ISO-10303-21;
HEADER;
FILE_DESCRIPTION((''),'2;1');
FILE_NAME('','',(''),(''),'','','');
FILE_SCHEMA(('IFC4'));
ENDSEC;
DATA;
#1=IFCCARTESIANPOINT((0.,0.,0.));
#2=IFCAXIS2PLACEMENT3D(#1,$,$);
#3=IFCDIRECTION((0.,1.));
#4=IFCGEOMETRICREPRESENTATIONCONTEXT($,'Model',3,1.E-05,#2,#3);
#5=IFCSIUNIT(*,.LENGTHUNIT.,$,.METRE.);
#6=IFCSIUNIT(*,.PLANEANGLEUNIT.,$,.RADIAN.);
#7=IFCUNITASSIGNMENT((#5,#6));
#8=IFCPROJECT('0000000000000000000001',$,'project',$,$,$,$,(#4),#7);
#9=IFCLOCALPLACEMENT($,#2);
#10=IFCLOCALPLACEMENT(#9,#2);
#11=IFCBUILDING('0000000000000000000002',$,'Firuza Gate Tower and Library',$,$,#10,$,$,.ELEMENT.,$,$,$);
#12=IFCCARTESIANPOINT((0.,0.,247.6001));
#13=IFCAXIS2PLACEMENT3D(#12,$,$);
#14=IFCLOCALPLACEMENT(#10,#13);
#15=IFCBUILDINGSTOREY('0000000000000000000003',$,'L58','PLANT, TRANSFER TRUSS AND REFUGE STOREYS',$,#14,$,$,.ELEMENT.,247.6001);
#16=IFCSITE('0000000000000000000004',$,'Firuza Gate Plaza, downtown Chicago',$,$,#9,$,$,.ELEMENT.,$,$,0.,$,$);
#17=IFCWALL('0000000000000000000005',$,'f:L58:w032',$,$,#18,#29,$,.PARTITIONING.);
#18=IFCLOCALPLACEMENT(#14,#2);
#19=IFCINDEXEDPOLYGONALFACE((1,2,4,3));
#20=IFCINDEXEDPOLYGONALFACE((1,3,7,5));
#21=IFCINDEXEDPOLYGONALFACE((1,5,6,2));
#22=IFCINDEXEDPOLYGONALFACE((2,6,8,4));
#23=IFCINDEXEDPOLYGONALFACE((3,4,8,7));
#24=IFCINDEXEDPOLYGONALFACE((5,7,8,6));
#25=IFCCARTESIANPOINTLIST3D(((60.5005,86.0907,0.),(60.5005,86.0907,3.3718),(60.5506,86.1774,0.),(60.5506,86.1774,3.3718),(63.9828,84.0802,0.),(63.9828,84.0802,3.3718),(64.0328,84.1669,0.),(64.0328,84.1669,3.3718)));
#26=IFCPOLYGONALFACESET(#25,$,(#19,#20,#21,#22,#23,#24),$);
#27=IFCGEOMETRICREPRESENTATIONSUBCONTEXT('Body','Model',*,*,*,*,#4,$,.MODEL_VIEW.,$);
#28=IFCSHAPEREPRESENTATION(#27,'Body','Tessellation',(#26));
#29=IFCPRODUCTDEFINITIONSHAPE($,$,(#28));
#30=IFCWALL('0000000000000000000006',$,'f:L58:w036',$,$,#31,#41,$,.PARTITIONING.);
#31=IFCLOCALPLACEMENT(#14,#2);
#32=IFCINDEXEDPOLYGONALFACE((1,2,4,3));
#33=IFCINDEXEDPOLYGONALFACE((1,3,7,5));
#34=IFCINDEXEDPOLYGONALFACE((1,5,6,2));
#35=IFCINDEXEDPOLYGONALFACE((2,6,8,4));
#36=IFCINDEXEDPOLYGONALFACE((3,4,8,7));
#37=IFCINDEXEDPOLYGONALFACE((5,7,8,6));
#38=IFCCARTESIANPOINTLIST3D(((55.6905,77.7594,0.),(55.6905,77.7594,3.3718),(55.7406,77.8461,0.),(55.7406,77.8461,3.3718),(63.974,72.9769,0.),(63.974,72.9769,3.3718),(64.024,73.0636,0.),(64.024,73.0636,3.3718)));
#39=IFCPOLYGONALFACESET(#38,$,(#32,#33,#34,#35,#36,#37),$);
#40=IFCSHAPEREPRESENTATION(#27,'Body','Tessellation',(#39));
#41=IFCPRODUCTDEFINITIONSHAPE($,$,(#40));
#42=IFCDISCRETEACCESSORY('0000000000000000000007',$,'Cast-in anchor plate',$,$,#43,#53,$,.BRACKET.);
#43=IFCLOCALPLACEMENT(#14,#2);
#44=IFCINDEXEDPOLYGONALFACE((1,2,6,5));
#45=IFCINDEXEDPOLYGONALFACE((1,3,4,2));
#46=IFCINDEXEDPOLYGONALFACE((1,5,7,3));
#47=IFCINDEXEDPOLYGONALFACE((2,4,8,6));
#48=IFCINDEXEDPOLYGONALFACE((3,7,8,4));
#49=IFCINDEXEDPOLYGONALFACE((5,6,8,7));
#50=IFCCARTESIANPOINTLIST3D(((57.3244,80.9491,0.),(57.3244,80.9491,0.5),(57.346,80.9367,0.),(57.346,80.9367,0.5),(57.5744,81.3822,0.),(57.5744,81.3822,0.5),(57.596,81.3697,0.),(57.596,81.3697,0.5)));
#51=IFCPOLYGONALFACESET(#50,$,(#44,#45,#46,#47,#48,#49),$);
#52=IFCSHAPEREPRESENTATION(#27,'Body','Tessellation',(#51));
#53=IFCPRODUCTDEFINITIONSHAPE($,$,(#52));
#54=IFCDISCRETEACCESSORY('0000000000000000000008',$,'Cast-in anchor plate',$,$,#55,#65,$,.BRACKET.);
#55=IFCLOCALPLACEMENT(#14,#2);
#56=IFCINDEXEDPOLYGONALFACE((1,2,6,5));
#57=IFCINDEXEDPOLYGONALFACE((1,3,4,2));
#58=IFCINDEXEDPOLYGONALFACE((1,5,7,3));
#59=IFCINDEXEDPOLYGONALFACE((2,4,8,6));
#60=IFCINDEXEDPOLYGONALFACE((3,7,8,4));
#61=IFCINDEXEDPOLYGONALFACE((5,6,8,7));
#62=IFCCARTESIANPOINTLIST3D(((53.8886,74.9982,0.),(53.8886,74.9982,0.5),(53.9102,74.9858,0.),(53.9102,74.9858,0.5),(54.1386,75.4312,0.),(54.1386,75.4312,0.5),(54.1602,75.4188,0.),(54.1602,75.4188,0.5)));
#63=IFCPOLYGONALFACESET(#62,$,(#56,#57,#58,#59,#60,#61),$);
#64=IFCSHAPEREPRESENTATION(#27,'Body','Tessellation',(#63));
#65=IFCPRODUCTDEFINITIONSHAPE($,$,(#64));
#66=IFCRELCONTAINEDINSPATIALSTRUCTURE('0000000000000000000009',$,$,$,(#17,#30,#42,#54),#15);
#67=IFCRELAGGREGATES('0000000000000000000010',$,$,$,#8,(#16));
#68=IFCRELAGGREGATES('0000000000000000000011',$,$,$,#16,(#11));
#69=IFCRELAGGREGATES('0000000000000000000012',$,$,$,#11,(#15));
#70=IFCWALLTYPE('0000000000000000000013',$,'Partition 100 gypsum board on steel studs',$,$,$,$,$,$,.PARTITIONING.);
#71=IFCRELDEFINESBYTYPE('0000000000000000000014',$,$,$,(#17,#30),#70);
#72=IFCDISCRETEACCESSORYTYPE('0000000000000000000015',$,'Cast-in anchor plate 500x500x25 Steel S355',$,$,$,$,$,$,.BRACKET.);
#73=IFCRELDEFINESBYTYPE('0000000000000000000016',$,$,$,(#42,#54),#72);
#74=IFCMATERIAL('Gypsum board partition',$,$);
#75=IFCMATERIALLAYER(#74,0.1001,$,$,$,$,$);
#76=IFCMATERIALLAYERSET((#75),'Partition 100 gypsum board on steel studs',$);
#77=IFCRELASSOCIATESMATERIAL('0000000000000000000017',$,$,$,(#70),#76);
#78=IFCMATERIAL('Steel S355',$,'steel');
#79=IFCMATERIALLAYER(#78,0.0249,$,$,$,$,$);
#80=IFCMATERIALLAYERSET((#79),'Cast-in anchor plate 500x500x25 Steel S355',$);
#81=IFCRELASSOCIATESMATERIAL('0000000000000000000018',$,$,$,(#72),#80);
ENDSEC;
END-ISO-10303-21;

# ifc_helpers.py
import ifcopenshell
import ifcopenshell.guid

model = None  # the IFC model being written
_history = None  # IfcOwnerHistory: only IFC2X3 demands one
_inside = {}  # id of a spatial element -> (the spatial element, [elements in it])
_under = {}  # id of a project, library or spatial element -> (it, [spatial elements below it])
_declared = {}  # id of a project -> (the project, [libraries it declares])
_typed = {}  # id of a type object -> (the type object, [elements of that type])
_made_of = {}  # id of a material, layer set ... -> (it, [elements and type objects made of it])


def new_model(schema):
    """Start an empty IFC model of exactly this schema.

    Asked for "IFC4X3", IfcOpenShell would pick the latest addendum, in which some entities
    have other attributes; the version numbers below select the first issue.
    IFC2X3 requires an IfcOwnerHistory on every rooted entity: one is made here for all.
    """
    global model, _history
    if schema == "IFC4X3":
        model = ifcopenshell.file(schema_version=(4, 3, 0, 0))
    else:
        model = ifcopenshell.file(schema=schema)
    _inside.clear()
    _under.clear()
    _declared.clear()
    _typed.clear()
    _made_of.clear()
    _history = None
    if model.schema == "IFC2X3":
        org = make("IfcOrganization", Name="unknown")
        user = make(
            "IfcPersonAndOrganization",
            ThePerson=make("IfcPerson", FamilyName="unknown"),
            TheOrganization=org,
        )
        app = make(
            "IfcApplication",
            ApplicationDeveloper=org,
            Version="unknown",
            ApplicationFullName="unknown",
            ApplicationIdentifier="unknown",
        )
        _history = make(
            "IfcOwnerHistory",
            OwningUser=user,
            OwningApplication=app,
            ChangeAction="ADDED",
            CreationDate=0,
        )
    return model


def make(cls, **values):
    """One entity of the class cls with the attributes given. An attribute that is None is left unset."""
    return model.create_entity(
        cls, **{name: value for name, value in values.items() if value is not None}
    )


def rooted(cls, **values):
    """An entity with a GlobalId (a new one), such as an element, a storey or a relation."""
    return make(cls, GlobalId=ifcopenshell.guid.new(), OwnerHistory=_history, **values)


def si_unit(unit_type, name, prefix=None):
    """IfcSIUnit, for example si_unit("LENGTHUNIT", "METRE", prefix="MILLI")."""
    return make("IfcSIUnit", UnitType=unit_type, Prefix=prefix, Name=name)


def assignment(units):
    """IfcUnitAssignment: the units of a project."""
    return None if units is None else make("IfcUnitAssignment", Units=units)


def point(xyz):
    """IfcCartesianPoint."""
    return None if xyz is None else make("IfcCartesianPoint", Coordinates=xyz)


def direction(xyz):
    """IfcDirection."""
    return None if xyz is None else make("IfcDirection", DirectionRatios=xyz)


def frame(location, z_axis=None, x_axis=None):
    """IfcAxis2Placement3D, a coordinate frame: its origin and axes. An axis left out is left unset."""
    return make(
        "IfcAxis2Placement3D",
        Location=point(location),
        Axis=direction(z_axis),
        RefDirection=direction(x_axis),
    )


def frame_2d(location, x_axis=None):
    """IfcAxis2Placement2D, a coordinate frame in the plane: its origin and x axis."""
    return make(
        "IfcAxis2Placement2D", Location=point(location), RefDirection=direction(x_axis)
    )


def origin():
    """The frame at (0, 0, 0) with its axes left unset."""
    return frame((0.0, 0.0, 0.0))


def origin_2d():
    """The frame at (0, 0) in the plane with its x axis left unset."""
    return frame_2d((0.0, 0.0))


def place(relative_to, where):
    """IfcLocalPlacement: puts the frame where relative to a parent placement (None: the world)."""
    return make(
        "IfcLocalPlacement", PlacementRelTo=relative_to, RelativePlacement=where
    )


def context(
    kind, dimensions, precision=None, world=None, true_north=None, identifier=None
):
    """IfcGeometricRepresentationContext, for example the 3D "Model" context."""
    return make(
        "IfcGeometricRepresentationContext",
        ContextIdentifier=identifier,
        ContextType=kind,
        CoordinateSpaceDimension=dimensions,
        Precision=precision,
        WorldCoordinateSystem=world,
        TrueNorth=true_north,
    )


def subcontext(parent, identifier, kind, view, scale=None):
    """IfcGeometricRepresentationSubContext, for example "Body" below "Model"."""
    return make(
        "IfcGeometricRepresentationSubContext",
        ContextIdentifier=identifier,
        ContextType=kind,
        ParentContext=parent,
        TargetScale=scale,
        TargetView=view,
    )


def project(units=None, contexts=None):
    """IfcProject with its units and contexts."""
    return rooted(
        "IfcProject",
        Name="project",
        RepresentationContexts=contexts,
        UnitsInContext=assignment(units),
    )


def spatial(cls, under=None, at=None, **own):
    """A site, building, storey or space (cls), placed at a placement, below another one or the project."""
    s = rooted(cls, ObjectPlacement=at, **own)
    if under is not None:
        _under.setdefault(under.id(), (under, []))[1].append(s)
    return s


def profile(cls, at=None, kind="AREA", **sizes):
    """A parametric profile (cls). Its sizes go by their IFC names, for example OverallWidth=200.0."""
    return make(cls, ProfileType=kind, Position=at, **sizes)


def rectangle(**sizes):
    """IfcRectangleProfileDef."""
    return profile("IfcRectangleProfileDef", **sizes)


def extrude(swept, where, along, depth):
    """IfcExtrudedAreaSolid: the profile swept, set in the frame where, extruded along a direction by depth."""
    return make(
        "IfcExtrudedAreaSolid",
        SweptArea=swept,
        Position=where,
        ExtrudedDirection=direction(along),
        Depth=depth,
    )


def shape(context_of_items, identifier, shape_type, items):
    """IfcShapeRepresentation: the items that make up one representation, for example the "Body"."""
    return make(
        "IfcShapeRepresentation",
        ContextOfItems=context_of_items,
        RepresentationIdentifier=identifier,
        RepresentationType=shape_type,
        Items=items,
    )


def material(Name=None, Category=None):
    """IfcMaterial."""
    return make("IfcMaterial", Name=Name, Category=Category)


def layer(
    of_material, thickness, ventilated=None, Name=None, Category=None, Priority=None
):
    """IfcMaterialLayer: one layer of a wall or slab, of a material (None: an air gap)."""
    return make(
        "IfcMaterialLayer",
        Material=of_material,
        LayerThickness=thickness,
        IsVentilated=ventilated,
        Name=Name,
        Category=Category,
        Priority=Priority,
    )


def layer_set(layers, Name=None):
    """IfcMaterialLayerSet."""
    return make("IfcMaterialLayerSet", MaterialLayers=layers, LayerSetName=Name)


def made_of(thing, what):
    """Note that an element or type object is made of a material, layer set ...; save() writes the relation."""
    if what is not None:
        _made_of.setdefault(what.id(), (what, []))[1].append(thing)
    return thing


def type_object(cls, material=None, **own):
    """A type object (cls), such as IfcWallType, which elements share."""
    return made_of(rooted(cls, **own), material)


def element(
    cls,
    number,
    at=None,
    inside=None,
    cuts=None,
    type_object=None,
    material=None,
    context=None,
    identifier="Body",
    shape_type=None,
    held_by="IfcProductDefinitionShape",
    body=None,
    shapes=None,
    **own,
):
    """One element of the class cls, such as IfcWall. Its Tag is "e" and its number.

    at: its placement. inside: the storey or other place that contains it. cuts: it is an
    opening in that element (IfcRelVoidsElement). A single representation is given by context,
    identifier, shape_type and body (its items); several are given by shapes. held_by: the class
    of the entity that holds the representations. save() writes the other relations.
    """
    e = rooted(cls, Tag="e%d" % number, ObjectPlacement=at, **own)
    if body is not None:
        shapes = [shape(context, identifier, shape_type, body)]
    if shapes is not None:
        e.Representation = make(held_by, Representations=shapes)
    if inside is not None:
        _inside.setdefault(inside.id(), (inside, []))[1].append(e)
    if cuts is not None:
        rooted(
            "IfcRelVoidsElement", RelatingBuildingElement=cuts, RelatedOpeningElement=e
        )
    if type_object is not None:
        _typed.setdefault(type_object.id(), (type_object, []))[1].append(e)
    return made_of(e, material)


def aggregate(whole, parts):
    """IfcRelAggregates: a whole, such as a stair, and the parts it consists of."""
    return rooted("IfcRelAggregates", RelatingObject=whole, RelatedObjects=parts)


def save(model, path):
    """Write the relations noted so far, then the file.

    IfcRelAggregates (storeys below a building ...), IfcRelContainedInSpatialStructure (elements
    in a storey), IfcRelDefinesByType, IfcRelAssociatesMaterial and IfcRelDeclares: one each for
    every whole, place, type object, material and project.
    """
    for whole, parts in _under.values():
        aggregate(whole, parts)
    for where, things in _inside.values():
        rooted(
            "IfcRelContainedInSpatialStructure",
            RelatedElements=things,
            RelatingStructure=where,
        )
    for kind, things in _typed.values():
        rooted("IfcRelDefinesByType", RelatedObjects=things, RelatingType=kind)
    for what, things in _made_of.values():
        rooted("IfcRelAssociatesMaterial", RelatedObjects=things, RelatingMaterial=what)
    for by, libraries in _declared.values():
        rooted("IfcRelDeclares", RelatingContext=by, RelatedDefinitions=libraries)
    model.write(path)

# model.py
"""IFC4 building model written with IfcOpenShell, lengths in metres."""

from ifc_helpers import new_model, si_unit, direction, frame, frame_2d, origin, origin_2d, place, context, subcontext, project, spatial, rectangle, extrude, material, layer, layer_set, type_object, element, save


model = new_model("IFC4")

# Units and contexts
model_context = context("Model", 3, precision=1e-05, world=origin(), true_north=direction((0.0, 1.0)))
body_context = subcontext(model_context, "Body", "Model", "MODEL_VIEW")
ifc_project = project(units=[si_unit("LENGTHUNIT", "METRE"), si_unit("PLANEANGLEUNIT", "RADIAN")], contexts=[model_context])

# Site, building, storey
site_placement = place(None, origin())
site = spatial("IfcSite", under=ifc_project, at=site_placement, Name="Firuza Gate Plaza, downtown Chicago", CompositionType="ELEMENT", RefElevation=0.0)
building_placement = place(site_placement, origin())
building = spatial("IfcBuilding", under=site, at=building_placement, Name="Firuza Gate Tower and Library", CompositionType="ELEMENT")
storey_placement = place(building_placement, frame((0.0, 0.0, 247.6001)))
storey = spatial("IfcBuildingStorey", under=building, at=storey_placement, Name="L58", Description="PLANT, TRANSFER TRUSS AND REFUGE STOREYS", CompositionType="ELEMENT", Elevation=247.6001)

# Walls
ifc_material_1 = material(Name="Gypsum board partition")
ifc_layer_1 = layer(ifc_material_1, 0.1001)
ifc_layer_set_1 = layer_set([ifc_layer_1], Name="Partition 100 gypsum board on steel studs")
wall_type = type_object("IfcWallType", Name="Partition 100 gypsum board on steel studs", PredefinedType="PARTITIONING", material=ifc_layer_set_1)
wall_1_placement = place(storey_placement, frame((64.0078, 84.1235, 0.0), z_axis=(0.0, 0.0, 1.0), x_axis=(-0.866019, 0.500012, 0.0)))
element("IfcWall", 1, at=wall_1_placement, inside=storey, type_object=wall_type, Name="f:L58:w032", PredefinedType="PARTITIONING", context=body_context, shape_type="SweptSolid", body=[
    extrude(rectangle(XDim=4.021, YDim=0.1001, at=frame_2d((2.0105, 0.0))), origin(), (0.0, 0.0, 1.0), 3.3718),
])
wall_2_placement = place(storey_placement, frame((63.999, 73.0203, 0.0), z_axis=(0.0, 0.0, 1.0), x_axis=(-0.866024, 0.500002, 0.0)))
element("IfcWall", 2, at=wall_2_placement, inside=storey, type_object=wall_type, Name="f:L58:w036", PredefinedType="PARTITIONING", context=body_context, shape_type="SweptSolid", body=[
    extrude(rectangle(XDim=9.5649, YDim=0.1001, at=frame_2d((4.7825, 0.0))), origin(), (0.0, 0.0, 1.0), 3.3718),
])

# Discrete accessories
ifc_material_2 = material(Name="Steel S355", Category="steel")
ifc_layer_2 = layer(ifc_material_2, 0.0249)
ifc_layer_set_2 = layer_set([ifc_layer_2], Name="Cast-in anchor plate 500x500x25 Steel S355")
discrete_accessory_type = type_object("IfcDiscreteAccessoryType", Name="Cast-in anchor plate 500x500x25 Steel S355", PredefinedType="BRACKET", material=ifc_layer_set_2)
for number, where, z_axis, x_axis, name in (
    (3, (57.4602, 81.1594, 0.0), (0.0, 0.0, 1.0), (-0.5, -0.866025, 0.0), "Cast-in anchor plate"),
    (4, (54.0244, 75.2085, 0.0), (0.0, 0.0, 1.0), (-0.5, -0.866025, 0.0), "Cast-in anchor plate"),
):
    element("IfcDiscreteAccessory", number, at=place(storey_placement, frame(where, z_axis=z_axis, x_axis=x_axis)), inside=storey, type_object=discrete_accessory_type, Name=name, PredefinedType="BRACKET", context=body_context, shape_type="SweptSolid", body=[
        extrude(rectangle(XDim=0.5, YDim=0.0249, at=origin_2d()), origin(), (0.0, 0.0, 1.0), 0.5),
    ])

save(model, "model.ifc")
